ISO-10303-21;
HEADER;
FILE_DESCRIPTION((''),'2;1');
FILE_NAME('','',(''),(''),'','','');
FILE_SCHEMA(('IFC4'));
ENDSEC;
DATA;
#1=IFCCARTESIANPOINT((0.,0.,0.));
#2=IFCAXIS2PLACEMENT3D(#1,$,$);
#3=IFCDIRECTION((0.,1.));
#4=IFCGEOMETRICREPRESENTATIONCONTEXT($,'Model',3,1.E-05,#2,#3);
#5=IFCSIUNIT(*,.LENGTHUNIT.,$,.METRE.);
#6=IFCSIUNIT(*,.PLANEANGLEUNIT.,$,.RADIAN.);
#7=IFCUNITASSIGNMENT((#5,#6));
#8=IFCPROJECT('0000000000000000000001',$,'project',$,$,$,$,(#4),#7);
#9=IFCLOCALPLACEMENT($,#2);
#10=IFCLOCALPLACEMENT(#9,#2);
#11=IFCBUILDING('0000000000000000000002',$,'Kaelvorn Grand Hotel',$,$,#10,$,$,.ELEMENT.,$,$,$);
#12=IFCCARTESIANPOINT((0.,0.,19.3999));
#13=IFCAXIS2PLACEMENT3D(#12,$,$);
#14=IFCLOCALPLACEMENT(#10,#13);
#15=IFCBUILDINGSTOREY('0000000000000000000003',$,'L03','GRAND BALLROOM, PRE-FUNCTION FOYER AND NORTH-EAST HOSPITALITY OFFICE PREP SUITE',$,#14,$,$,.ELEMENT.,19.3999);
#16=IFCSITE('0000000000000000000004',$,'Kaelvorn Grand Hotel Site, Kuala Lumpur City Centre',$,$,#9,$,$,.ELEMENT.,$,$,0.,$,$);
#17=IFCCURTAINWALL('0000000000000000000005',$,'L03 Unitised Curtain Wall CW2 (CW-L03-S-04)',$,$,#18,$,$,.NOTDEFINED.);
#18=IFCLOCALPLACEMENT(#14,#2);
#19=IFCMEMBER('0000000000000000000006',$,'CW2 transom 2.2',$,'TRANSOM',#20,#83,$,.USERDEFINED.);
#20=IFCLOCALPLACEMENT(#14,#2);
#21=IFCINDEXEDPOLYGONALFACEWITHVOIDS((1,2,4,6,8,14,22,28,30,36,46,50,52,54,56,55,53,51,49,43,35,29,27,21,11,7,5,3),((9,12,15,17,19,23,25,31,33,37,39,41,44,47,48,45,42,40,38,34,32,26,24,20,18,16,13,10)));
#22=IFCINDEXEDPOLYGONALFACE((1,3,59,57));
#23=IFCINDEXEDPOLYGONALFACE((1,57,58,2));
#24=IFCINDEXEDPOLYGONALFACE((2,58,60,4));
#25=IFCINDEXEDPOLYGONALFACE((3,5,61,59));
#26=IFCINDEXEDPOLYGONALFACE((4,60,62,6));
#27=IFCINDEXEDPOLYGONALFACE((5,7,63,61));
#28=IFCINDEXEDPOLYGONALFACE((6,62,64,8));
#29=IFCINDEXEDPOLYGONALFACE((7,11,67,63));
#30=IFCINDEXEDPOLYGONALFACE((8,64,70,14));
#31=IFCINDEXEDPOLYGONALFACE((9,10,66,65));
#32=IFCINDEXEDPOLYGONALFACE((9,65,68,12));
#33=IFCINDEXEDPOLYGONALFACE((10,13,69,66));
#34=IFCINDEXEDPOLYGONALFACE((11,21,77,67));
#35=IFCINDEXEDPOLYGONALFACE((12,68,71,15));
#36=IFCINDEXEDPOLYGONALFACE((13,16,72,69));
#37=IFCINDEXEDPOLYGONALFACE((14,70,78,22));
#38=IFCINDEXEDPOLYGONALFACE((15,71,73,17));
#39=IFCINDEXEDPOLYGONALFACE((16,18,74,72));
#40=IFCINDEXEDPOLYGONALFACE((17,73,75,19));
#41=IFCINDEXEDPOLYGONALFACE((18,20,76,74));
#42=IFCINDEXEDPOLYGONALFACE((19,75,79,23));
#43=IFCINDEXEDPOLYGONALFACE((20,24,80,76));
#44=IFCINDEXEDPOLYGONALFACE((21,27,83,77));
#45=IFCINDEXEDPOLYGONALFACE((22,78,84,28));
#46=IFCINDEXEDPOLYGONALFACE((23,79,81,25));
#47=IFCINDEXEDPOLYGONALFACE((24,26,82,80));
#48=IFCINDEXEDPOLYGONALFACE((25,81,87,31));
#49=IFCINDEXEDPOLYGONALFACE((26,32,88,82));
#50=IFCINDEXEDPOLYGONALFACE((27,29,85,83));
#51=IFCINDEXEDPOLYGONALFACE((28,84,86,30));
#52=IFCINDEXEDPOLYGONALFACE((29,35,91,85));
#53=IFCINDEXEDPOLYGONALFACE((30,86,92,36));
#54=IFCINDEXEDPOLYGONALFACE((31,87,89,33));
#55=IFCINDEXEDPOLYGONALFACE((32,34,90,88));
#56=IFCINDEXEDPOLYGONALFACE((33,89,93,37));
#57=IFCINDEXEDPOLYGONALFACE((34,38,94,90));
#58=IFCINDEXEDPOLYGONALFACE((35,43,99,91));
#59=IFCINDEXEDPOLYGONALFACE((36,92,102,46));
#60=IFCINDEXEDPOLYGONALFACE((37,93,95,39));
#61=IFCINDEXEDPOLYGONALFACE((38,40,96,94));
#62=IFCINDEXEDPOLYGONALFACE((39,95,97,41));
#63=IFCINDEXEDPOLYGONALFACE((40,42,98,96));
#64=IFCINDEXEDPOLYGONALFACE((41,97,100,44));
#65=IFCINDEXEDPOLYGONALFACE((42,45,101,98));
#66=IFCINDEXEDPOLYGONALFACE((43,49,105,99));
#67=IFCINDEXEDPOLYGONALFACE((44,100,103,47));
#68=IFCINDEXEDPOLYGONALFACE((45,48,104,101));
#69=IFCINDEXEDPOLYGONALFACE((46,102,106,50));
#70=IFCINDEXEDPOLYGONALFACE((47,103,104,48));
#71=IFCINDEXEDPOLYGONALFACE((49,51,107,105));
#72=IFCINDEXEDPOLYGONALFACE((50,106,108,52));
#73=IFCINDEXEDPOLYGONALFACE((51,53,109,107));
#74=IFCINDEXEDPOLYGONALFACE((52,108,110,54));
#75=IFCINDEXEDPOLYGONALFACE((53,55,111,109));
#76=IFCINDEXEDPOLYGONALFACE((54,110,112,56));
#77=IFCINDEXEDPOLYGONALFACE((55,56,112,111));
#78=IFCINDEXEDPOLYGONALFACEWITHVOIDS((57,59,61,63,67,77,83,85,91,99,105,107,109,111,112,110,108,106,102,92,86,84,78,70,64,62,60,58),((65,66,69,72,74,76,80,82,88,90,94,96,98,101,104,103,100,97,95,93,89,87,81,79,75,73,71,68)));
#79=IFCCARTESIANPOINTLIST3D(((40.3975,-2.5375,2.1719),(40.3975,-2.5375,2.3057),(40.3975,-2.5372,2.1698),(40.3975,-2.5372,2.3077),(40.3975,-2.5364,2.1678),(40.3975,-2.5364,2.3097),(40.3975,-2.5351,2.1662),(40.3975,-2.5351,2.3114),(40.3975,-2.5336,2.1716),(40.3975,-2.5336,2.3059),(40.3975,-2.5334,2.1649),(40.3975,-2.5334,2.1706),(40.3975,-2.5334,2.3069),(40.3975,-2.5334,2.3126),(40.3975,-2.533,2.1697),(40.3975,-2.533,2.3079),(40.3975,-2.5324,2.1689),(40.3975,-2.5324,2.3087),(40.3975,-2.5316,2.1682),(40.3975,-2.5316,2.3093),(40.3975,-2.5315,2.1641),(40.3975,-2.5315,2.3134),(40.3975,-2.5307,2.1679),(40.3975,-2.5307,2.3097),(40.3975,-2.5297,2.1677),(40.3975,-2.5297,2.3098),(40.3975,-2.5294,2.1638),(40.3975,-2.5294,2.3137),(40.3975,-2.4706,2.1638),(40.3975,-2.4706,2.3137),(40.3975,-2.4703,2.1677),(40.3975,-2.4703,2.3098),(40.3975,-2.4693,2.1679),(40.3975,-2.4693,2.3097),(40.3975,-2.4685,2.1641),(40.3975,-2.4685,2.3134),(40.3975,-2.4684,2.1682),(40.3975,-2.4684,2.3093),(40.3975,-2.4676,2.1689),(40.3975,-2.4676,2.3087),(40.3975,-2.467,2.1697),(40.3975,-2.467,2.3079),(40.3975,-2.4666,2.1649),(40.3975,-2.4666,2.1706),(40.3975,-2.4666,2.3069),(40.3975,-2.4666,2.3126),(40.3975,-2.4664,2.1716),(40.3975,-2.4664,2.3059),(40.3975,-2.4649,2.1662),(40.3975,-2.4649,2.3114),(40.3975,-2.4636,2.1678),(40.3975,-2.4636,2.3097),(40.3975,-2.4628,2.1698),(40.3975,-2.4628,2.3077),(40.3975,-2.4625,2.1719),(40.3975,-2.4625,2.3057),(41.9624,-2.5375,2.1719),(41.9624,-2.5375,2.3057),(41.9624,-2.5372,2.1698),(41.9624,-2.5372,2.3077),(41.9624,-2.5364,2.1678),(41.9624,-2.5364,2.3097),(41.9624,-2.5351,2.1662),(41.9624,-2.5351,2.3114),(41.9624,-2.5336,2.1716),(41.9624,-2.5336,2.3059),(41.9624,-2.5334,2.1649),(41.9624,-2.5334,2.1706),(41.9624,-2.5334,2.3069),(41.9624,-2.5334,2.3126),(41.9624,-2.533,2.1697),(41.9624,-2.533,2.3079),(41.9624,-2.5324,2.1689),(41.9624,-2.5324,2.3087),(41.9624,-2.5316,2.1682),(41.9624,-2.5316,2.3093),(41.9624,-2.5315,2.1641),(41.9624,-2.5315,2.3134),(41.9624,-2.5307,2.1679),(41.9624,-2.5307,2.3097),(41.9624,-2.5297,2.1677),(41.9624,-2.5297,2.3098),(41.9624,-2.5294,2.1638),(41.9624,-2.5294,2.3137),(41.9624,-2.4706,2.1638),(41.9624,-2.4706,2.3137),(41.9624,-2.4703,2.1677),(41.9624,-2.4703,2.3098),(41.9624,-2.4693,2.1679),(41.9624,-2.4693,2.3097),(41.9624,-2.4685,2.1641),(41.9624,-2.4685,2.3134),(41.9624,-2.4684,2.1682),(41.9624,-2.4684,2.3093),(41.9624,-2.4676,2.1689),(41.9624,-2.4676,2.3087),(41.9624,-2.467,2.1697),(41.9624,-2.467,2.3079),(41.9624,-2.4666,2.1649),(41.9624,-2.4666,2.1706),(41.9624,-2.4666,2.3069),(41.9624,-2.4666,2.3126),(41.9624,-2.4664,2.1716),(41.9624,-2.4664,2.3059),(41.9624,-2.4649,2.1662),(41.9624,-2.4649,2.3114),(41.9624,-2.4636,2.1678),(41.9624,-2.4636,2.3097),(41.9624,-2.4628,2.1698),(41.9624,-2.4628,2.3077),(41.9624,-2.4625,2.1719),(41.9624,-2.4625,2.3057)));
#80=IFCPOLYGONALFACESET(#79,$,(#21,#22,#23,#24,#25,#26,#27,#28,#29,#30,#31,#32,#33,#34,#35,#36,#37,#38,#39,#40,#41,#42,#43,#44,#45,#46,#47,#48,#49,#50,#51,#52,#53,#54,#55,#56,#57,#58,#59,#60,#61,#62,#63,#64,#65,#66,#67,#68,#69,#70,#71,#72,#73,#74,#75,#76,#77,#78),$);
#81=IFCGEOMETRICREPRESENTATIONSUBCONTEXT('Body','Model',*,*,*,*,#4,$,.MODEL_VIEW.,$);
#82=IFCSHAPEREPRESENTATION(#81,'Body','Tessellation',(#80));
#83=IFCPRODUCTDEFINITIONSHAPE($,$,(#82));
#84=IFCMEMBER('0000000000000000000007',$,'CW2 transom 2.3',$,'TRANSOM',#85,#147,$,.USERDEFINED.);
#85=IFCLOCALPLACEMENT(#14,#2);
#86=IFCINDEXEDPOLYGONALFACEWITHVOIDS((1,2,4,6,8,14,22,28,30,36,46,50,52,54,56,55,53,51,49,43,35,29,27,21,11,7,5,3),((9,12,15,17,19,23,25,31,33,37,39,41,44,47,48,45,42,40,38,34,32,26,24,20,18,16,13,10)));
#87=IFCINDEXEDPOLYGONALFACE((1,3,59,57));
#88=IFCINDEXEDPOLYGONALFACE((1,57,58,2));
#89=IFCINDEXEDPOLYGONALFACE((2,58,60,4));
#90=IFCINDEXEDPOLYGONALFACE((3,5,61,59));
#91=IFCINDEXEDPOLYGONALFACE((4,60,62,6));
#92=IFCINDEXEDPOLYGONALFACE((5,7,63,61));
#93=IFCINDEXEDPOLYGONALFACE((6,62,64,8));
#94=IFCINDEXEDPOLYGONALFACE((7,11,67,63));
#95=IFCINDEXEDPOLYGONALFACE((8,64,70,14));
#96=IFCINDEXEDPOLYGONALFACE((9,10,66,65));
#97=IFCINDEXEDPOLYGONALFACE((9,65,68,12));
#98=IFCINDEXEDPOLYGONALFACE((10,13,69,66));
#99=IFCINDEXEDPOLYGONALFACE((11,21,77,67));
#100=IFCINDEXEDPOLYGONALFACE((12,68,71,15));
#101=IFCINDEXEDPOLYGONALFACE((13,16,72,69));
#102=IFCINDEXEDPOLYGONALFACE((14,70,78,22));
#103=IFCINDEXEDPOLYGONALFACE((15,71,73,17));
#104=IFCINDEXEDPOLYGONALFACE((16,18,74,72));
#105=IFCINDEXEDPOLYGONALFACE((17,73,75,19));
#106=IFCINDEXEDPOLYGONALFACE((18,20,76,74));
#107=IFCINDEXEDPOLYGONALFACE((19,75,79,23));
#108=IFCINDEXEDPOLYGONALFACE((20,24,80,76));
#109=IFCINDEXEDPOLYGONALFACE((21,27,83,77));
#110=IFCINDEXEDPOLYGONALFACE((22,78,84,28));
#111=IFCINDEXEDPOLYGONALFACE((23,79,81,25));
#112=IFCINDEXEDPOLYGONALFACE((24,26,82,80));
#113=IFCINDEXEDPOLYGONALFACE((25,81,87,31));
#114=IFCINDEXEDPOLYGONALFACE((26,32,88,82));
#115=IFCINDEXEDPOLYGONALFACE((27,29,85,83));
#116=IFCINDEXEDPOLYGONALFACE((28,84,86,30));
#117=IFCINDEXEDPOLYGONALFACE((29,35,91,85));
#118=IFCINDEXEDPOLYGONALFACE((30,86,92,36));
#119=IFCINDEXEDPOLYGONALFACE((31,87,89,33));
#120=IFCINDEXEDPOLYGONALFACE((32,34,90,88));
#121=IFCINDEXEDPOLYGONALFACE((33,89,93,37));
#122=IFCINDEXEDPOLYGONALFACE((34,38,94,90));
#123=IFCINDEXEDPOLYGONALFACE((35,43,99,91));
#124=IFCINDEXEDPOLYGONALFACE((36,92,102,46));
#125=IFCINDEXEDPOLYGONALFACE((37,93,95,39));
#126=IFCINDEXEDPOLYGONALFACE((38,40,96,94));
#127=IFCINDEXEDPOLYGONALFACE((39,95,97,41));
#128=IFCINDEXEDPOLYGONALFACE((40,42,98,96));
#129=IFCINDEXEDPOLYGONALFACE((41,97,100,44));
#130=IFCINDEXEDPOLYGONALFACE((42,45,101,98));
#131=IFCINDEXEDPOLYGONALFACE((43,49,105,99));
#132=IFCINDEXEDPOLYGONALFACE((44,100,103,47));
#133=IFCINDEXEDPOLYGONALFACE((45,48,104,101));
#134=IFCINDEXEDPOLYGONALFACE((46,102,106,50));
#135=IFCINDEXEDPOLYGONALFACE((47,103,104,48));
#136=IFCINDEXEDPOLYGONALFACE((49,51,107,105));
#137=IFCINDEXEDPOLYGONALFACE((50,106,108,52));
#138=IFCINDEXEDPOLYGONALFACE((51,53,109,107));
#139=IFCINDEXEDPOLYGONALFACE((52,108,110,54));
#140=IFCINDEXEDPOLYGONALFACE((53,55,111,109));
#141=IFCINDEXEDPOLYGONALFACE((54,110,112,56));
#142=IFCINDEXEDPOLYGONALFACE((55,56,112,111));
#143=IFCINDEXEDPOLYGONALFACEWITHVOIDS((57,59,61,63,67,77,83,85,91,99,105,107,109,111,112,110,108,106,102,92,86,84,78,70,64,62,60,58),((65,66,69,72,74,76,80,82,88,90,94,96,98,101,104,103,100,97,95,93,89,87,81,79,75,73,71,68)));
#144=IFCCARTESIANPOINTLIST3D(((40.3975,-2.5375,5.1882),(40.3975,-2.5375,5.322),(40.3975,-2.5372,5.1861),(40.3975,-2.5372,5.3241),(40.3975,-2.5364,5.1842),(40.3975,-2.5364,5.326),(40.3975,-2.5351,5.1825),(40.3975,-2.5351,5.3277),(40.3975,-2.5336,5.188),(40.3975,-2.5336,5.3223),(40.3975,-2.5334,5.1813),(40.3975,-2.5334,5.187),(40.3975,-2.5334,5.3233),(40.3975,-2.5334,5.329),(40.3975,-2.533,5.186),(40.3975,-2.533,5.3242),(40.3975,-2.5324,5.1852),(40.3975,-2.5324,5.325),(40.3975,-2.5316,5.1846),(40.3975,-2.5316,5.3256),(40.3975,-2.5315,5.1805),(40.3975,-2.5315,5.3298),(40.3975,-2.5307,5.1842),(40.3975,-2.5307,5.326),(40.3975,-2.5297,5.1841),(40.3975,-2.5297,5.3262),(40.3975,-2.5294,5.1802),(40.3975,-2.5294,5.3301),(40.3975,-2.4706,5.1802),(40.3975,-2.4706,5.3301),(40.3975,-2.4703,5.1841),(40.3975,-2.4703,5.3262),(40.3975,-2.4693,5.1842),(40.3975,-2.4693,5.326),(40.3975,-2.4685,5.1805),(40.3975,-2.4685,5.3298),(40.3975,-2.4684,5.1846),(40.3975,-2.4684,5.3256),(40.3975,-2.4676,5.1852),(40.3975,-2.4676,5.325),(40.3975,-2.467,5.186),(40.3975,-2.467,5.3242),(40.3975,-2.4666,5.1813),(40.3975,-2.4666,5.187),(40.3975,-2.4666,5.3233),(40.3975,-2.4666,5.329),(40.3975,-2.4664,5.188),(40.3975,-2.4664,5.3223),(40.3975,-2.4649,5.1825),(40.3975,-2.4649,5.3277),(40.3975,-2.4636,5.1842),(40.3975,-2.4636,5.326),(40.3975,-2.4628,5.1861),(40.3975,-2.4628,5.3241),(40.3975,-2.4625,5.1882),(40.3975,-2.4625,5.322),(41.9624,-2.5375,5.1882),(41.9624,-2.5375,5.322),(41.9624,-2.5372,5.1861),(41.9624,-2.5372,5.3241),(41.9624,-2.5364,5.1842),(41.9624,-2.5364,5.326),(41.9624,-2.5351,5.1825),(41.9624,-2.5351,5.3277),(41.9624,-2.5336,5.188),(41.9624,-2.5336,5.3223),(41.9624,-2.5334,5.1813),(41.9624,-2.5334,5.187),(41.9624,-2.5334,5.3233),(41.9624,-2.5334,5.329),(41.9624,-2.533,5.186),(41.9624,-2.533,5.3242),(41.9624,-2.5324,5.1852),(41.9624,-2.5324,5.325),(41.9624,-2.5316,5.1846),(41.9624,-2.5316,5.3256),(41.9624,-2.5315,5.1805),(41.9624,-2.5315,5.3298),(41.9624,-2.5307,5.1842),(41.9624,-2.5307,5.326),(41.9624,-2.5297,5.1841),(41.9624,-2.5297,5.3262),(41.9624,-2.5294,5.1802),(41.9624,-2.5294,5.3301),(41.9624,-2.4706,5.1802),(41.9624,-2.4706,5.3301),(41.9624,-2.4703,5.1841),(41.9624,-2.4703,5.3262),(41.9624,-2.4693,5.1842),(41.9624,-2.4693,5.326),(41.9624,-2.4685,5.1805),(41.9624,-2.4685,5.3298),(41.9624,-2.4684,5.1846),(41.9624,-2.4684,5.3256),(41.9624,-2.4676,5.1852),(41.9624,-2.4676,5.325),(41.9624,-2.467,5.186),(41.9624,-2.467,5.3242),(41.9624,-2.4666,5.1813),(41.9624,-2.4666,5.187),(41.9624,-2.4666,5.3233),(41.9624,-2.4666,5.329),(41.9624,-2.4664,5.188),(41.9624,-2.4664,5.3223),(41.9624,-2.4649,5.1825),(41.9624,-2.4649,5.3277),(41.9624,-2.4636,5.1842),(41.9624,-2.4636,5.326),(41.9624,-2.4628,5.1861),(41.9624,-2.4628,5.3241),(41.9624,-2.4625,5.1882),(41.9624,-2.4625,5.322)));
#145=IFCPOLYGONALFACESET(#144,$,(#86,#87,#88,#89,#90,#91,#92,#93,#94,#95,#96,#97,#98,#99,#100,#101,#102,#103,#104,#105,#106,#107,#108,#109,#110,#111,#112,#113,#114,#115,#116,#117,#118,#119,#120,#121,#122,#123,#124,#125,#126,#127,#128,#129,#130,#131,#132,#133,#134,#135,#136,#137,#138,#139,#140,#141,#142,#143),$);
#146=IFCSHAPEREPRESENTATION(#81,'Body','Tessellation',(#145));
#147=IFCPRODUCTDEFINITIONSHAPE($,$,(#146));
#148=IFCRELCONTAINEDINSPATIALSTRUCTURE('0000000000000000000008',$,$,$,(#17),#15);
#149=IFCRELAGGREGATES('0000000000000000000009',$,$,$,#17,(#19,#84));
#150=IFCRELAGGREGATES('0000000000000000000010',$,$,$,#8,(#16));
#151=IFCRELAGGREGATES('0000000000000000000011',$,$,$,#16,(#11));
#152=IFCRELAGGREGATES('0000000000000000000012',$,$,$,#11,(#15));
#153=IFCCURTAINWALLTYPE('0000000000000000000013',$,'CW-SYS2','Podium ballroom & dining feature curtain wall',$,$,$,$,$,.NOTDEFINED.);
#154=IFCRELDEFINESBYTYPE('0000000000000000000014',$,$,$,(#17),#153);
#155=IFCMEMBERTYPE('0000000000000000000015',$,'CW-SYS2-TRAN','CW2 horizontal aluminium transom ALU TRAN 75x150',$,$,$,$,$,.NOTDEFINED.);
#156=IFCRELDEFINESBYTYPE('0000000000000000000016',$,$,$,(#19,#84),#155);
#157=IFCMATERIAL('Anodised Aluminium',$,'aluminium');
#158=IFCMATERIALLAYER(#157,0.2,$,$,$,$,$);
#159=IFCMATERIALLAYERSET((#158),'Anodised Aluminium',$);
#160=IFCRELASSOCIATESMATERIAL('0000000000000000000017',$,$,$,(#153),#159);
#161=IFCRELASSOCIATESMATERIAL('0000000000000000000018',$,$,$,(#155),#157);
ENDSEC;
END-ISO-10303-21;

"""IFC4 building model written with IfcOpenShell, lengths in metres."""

from ifc_helpers import new_model, si_unit, direction, frame, origin, origin_2d, place, context, subcontext, project, spatial, hollow_rectangle, extrude, material, layer, layer_set, material_profile, profile_set, type_object, element, aggregate, save


model = new_model("IFC4")

# Units and contexts
model_context = context("Model", 3, precision=1e-05, world=origin(), true_north=direction((0.0, 1.0)))
body_context = subcontext(model_context, "Body", "Model", "MODEL_VIEW")
ifc_project = project(units=[si_unit("LENGTHUNIT", "METRE"), si_unit("PLANEANGLEUNIT", "RADIAN")], contexts=[model_context])

# Site, building, storey
site_placement = place(None, origin())
site = spatial("IfcSite", under=ifc_project, at=site_placement, Name="Kaelvorn Grand Hotel Site, Kuala Lumpur City Centre", CompositionType="ELEMENT", RefElevation=0.0)
building_placement = place(site_placement, origin())
building = spatial("IfcBuilding", under=site, at=building_placement, Name="Kaelvorn Grand Hotel", CompositionType="ELEMENT")
storey_placement = place(building_placement, frame((0.0, 0.0, 19.3999)))
storey = spatial("IfcBuildingStorey", under=building, at=storey_placement, Name="L03", Description="GRAND BALLROOM, PRE-FUNCTION FOYER AND NORTH-EAST HOSPITALITY OFFICE PREP SUITE", CompositionType="ELEMENT", Elevation=19.3999)

# Curtain wall
ifc_material_1 = material(Name="Anodised Aluminium", Category="aluminium")
ifc_layer_1 = layer(ifc_material_1, 0.2)
ifc_layer_set_1 = layer_set([ifc_layer_1], Name="Anodised Aluminium")
curtain_wall_type = type_object("IfcCurtainWallType", Name="CW-SYS2", Description="Podium ballroom & dining feature curtain wall", PredefinedType="NOTDEFINED", material=ifc_layer_set_1)
curtain_wall_1_placement = place(storey_placement, origin())
curtain_wall_1 = element("IfcCurtainWall", 1, at=curtain_wall_1_placement, inside=storey, type_object=curtain_wall_type, Name="L03 Unitised Curtain Wall CW2 (CW-L03-S-04)", PredefinedType="NOTDEFINED")

# Members
ifc_material_profile_1 = material_profile(ifc_material_1, hollow_rectangle(XDim=0.075, YDim=0.1499, WallThickness=0.0039, InnerFilletRadius=0.0039, OuterFilletRadius=0.0081, at=origin_2d()), Name="ALU TRAN 75x150")
ifc_profile_set_1 = profile_set([ifc_material_profile_1], Name="Anodised Aluminium")
member_type_1 = type_object("IfcMemberType", Name="CW-SYS2-TRAN", Description="CW2 horizontal aluminium transom ALU TRAN 75x150", PredefinedType="NOTDEFINED", material=ifc_profile_set_1)
member_1_placement = place(storey_placement, frame((40.3975, -2.5, 2.2388), z_axis=(1.0, 0.0, 0.0), x_axis=(0.0, 1.0, 0.0)))
member_1 = element("IfcMember", 2, at=member_1_placement, type_object=member_type_1, Name="CW2 transom 2.2", ObjectType="TRANSOM", PredefinedType="USERDEFINED", context=body_context, shape_type="SweptSolid", body=[
    extrude(hollow_rectangle(XDim=0.075, YDim=0.1499, WallThickness=0.0039, InnerFilletRadius=0.0039, OuterFilletRadius=0.0081, at=origin_2d()), origin(), (0.0, 0.0, 1.0), 1.5649),
])
member_2_placement = place(storey_placement, frame((40.3975, -2.5, 5.2551), z_axis=(1.0, 0.0, 0.0), x_axis=(0.0, 1.0, 0.0)))
member_2 = element("IfcMember", 3, at=member_2_placement, type_object=member_type_1, Name="CW2 transom 2.3", ObjectType="TRANSOM", PredefinedType="USERDEFINED", context=body_context, shape_type="SweptSolid", body=[
    extrude(hollow_rectangle(XDim=0.075, YDim=0.1499, WallThickness=0.0039, InnerFilletRadius=0.0039, OuterFilletRadius=0.0081, at=origin_2d()), origin(), (0.0, 0.0, 1.0), 1.5649),
])

aggregate(curtain_wall_1, [member_1, member_2])

save(model, "model.ifc")
